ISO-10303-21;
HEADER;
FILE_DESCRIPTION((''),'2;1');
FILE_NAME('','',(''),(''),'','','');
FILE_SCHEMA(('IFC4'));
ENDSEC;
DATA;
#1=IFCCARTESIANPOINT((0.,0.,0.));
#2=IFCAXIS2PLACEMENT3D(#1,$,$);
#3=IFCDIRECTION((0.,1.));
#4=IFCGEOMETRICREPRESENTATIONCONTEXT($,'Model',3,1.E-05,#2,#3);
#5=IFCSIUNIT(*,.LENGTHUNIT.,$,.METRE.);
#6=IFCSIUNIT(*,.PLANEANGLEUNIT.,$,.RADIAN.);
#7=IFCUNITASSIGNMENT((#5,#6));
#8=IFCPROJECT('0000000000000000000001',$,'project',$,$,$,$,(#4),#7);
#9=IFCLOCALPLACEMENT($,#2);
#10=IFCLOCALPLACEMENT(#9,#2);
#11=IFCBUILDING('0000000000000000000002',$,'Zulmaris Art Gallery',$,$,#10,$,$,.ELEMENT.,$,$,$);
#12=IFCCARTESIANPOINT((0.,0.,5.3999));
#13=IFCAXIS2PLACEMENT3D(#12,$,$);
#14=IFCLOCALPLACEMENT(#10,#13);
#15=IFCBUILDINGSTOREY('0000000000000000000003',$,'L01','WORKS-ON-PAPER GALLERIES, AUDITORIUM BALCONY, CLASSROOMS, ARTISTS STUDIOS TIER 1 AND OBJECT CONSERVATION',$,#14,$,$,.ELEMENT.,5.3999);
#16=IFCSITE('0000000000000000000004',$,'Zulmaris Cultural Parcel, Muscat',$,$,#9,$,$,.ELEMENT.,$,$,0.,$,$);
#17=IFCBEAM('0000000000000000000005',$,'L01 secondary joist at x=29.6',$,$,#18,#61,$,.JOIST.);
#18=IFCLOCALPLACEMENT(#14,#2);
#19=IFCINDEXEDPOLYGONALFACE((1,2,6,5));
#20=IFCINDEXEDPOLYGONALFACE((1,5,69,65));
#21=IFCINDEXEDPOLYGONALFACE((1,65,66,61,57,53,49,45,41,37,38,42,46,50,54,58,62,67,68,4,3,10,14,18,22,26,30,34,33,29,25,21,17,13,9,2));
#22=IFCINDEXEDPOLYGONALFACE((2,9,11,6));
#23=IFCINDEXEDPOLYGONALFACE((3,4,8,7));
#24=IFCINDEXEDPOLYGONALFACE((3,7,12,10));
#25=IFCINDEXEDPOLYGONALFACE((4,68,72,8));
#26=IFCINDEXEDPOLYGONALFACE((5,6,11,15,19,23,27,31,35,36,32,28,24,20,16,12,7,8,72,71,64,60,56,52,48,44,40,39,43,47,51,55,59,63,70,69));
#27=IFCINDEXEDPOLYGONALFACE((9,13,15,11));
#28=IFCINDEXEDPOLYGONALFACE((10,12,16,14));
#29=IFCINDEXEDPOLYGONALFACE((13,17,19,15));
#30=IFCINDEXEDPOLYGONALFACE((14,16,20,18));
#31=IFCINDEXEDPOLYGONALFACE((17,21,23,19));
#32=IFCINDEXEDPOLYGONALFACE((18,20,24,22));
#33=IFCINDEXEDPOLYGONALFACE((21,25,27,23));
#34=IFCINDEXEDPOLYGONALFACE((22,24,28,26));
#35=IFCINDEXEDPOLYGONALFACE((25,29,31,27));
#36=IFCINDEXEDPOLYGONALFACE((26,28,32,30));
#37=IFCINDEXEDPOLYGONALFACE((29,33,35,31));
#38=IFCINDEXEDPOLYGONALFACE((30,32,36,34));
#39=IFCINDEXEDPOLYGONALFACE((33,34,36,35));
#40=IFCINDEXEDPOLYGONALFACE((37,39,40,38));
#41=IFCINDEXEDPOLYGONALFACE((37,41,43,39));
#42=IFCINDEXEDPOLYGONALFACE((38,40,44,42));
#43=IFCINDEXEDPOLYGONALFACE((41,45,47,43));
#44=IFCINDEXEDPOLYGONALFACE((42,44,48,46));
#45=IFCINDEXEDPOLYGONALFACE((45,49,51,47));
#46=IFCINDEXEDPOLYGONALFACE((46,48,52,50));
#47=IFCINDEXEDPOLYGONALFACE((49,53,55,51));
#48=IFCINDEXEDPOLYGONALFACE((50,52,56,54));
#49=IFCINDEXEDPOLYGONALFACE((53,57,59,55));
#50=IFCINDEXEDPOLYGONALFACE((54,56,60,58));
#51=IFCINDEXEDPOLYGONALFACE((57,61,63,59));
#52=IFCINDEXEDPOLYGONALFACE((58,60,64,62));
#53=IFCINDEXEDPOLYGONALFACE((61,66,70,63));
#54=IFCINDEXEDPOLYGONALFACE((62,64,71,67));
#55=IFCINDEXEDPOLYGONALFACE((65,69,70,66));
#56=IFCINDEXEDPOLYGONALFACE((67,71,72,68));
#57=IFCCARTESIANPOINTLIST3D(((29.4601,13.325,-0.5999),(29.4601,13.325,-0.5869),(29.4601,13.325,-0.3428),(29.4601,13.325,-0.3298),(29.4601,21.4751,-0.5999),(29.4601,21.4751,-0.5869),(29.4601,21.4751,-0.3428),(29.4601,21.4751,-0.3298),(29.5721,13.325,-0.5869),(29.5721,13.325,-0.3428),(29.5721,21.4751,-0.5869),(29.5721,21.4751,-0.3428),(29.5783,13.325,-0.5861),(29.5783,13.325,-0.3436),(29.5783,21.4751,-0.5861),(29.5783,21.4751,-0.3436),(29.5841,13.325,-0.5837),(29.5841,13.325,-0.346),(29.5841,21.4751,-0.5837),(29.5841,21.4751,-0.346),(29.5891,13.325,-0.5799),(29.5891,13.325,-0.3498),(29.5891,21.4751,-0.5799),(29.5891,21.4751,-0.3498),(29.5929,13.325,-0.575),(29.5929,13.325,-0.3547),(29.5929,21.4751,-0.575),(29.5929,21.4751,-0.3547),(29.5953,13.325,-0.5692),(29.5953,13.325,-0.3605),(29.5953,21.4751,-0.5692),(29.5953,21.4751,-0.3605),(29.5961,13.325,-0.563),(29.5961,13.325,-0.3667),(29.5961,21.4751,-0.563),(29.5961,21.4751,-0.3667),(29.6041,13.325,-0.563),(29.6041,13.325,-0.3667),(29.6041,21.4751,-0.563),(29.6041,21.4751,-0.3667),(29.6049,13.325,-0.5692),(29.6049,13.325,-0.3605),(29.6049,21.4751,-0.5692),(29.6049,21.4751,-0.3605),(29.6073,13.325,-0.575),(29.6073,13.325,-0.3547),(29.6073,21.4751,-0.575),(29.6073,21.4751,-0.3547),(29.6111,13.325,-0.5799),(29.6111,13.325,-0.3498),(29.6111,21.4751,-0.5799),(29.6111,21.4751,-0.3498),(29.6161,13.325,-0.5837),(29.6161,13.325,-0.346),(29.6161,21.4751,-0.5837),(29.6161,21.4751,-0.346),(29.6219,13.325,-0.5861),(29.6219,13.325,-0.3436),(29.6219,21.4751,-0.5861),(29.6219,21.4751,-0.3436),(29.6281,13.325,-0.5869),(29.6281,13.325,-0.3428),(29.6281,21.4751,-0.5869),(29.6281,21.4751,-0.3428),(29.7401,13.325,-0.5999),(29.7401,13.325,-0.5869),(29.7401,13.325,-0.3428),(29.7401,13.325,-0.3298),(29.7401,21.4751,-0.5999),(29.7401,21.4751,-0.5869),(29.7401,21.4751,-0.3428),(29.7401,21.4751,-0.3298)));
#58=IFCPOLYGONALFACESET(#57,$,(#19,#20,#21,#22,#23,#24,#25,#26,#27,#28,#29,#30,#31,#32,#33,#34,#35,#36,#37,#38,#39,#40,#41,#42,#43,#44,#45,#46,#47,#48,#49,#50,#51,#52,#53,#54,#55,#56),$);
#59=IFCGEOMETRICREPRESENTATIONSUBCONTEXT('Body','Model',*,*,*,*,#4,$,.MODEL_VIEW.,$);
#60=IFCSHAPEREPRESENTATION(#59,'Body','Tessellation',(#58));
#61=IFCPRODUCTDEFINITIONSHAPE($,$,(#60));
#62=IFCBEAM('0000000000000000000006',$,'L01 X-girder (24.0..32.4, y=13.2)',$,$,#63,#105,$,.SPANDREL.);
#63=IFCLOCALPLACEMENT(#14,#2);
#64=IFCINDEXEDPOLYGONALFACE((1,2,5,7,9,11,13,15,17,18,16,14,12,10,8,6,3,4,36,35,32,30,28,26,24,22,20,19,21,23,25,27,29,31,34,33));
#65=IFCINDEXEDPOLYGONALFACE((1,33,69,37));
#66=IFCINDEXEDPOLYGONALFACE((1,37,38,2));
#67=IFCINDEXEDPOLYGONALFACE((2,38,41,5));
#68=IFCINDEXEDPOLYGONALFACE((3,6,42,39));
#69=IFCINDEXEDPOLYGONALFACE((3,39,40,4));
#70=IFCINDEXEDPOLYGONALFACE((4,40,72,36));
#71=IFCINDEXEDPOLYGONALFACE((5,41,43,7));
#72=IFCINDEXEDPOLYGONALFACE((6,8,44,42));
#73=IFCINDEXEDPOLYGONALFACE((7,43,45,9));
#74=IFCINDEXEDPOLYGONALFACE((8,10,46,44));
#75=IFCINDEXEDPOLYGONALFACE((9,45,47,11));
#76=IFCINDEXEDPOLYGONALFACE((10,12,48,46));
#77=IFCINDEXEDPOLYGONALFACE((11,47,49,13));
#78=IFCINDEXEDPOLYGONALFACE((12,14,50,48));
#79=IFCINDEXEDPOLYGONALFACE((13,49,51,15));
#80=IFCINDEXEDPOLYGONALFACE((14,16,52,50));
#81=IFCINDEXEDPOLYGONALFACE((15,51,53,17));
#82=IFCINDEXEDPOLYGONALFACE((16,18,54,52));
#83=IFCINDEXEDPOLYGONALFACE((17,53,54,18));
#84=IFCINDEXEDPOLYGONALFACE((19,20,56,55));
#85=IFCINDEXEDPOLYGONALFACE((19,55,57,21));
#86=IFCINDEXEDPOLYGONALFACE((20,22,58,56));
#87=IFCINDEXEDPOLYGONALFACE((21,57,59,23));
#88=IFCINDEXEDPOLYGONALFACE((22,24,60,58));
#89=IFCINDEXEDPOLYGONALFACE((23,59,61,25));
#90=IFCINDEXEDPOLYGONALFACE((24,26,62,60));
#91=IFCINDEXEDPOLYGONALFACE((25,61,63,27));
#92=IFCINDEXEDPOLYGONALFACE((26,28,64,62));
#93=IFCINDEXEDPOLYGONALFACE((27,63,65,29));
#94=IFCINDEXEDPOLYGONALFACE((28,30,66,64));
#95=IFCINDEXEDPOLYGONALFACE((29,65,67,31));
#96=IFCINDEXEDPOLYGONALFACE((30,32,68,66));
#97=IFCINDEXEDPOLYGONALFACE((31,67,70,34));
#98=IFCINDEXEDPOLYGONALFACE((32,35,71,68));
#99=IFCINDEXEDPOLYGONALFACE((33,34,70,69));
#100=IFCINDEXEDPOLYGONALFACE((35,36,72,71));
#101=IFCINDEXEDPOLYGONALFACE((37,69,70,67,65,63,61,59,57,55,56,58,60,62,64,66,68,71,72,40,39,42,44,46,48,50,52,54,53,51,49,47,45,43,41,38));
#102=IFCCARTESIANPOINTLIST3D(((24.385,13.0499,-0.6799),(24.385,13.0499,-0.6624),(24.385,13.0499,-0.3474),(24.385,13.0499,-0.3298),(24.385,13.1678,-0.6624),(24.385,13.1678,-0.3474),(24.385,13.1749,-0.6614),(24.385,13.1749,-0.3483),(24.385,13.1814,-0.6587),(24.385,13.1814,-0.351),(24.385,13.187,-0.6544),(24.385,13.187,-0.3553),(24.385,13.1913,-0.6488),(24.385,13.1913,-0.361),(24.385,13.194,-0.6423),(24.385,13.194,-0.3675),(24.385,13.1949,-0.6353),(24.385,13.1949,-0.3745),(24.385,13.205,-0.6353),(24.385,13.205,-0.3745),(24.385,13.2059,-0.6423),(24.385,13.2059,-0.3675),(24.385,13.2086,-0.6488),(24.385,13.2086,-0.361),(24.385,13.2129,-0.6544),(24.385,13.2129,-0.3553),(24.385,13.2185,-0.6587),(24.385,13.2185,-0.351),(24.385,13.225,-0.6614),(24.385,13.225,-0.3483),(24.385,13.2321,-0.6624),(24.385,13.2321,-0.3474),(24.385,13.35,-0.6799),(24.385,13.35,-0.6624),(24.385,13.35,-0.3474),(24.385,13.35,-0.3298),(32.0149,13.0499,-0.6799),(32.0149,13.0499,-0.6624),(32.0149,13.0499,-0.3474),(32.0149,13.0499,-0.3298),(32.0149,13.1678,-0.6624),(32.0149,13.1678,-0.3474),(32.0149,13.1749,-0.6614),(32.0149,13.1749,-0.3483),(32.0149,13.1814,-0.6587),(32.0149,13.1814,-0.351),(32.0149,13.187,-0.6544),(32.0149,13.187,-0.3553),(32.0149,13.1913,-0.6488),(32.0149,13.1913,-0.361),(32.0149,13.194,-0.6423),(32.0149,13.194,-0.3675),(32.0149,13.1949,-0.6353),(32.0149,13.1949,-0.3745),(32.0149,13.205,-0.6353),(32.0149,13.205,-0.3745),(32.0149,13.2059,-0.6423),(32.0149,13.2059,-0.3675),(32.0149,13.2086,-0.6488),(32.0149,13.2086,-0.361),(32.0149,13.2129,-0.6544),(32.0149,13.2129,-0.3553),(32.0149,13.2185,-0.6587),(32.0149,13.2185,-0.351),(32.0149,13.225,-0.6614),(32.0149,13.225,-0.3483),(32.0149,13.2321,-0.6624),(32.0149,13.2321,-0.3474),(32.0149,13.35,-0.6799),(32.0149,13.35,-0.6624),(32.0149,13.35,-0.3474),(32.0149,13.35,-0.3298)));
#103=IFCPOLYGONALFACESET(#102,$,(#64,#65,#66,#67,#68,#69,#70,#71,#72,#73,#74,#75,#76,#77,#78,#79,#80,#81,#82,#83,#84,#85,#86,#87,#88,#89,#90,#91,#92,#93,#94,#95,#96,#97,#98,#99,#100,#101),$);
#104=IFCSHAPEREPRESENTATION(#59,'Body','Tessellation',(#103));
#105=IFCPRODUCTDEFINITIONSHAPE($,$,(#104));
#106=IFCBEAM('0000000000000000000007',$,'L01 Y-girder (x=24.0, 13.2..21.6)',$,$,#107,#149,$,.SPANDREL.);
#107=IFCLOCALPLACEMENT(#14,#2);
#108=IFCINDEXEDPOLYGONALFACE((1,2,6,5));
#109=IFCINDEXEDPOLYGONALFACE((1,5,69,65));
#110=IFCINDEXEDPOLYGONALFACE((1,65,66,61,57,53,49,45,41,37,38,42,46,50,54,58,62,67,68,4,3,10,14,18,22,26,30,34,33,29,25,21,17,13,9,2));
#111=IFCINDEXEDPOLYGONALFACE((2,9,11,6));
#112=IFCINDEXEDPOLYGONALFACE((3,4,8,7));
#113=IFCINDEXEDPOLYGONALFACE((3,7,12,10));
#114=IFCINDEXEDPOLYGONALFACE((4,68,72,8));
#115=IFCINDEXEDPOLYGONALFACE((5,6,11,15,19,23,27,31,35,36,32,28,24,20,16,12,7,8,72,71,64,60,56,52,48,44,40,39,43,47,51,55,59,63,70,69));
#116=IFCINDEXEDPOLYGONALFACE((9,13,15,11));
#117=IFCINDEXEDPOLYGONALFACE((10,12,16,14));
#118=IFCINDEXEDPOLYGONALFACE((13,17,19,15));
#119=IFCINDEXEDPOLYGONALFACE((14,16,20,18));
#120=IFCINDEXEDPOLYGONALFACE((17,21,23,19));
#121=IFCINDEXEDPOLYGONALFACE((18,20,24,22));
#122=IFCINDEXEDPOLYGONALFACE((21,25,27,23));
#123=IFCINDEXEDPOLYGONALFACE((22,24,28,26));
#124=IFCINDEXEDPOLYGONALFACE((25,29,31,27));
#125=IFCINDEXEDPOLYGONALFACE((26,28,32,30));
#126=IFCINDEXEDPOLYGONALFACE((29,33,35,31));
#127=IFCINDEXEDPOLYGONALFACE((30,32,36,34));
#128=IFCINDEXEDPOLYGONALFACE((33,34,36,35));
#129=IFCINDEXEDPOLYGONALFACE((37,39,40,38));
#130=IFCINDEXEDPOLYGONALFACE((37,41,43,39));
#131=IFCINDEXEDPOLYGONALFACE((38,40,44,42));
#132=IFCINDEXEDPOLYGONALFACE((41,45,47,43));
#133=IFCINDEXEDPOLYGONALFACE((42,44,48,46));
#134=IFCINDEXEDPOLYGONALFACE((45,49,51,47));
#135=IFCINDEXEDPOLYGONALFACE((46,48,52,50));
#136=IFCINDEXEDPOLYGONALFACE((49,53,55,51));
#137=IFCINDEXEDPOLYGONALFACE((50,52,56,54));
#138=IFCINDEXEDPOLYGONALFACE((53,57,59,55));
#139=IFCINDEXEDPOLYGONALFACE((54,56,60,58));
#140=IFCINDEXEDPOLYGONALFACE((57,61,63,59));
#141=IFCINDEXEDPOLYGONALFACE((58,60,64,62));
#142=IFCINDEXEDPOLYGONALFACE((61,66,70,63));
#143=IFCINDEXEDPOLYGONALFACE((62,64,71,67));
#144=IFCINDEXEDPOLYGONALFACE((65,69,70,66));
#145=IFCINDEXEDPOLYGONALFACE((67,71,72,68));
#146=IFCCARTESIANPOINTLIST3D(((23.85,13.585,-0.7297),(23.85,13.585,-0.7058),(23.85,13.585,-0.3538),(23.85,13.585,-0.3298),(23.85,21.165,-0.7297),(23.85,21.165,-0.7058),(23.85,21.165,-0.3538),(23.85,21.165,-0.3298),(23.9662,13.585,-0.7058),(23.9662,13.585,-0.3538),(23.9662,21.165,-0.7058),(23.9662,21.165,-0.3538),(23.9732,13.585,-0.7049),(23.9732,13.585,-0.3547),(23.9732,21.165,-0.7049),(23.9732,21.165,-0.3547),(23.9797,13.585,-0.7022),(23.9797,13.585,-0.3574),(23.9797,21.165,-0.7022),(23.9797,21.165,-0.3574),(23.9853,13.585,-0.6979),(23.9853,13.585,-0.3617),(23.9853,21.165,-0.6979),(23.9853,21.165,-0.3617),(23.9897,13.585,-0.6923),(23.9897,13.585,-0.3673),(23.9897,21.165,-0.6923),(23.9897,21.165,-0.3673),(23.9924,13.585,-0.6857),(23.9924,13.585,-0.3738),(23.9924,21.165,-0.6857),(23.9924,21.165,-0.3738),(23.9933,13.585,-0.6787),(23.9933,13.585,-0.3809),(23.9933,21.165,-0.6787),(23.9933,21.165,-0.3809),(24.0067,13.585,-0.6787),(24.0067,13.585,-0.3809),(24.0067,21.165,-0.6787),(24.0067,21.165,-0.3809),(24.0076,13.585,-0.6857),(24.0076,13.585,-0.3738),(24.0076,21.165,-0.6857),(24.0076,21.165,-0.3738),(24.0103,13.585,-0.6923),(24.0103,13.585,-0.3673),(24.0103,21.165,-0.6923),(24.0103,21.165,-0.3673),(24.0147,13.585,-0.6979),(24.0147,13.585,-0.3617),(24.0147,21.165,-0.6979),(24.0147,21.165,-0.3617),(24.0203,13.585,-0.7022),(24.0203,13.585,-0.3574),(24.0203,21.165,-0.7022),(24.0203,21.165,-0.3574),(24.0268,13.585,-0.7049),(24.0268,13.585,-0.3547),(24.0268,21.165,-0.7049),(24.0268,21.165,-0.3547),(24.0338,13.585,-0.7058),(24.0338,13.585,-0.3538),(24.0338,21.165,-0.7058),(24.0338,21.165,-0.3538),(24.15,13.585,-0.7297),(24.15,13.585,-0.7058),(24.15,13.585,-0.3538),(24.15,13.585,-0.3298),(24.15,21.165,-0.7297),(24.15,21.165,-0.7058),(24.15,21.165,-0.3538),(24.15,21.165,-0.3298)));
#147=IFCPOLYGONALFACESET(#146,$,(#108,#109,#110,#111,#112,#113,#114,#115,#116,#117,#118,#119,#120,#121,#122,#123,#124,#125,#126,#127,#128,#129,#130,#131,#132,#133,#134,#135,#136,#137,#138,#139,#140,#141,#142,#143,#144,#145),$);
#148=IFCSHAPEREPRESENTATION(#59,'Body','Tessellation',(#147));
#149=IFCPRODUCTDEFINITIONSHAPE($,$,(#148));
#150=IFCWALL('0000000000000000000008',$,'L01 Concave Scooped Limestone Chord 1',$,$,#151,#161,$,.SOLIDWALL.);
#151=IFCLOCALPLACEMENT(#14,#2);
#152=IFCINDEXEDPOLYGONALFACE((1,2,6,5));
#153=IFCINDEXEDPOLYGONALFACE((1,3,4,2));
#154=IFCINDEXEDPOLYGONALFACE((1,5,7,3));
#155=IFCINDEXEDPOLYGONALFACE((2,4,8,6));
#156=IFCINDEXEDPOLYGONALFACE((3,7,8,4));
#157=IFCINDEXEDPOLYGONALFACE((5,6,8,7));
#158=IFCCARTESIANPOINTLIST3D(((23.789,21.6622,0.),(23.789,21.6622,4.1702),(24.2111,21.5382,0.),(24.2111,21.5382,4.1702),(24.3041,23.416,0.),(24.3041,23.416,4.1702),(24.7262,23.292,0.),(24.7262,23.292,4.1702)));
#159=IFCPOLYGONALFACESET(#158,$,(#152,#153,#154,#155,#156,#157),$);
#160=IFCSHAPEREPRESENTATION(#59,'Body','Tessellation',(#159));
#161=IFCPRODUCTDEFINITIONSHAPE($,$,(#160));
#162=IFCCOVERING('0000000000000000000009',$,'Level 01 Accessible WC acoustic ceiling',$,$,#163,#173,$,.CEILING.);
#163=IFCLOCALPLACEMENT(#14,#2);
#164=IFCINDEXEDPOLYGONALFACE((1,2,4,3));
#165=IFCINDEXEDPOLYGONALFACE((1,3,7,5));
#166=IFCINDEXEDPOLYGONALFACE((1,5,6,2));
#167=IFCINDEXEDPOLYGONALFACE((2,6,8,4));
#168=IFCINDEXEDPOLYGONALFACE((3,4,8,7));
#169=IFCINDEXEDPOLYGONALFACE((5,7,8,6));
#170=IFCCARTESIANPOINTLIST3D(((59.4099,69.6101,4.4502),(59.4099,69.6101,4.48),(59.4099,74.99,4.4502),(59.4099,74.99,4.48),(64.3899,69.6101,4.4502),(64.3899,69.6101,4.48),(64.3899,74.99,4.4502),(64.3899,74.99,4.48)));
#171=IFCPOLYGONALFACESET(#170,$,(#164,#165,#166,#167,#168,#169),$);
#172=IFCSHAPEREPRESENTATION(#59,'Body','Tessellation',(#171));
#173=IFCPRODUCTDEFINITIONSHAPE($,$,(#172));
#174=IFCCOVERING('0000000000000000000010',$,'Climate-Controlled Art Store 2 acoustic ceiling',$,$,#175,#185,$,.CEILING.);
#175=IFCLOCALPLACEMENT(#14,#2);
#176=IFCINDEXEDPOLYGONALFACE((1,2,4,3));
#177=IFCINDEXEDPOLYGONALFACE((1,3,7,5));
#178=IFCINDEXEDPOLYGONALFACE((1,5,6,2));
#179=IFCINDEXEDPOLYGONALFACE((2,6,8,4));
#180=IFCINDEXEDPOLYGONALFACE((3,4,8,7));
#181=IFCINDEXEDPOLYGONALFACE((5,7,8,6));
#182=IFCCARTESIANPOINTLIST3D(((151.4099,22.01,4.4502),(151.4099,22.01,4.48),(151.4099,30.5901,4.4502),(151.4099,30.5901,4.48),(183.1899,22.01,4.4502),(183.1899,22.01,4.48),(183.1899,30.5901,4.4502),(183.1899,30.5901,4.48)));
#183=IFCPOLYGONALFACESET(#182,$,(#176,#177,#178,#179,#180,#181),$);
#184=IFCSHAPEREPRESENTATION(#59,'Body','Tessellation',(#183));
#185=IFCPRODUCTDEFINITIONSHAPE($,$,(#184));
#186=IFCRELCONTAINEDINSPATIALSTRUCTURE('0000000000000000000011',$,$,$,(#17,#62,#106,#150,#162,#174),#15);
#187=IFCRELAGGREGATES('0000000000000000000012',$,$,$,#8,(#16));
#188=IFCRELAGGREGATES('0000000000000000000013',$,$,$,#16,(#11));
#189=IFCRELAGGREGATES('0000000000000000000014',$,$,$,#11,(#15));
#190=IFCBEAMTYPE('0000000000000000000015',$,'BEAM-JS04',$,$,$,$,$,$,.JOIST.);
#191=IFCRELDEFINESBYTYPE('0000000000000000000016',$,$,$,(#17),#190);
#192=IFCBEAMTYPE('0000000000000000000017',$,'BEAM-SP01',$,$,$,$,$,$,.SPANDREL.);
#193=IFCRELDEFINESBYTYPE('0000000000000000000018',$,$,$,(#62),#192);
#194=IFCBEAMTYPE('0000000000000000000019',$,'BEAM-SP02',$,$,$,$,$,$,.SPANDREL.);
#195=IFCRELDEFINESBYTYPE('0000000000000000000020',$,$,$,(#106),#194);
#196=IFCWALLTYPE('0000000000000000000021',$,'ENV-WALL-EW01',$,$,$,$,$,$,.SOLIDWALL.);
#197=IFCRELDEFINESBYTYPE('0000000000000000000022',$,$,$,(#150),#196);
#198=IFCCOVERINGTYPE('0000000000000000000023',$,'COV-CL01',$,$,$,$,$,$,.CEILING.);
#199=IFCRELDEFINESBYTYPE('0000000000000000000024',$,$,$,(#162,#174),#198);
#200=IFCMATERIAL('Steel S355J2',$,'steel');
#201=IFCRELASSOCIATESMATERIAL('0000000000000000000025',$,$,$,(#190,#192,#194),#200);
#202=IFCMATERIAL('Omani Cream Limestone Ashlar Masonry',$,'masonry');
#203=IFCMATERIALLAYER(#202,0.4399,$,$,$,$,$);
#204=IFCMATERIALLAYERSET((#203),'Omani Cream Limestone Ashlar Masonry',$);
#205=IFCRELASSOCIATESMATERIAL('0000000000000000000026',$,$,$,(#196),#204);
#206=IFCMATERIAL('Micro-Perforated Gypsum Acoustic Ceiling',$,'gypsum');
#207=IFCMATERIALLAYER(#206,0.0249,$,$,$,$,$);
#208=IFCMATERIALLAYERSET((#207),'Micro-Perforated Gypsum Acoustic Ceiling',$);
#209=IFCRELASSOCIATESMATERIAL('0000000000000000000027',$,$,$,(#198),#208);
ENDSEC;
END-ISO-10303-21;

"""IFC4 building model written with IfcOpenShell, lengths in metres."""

from ifc_helpers import new_model, si_unit, direction, frame, frame_2d, origin, origin_2d, place, context, subcontext, project, spatial, polyline, rectangle, i_section, outline, extrude, material, layer, layer_set, material_profile, profile_set, type_object, element, save


model = new_model("IFC4")

# Units and contexts
model_context = context("Model", 3, precision=1e-05, world=origin(), true_north=direction((0.0, 1.0)))
body_context = subcontext(model_context, "Body", "Model", "MODEL_VIEW")
ifc_project = project(units=[si_unit("LENGTHUNIT", "METRE"), si_unit("PLANEANGLEUNIT", "RADIAN")], contexts=[model_context])

# Site, building, storey
site_placement = place(None, origin())
site = spatial("IfcSite", under=ifc_project, at=site_placement, Name="Zulmaris Cultural Parcel, Muscat", CompositionType="ELEMENT", RefElevation=0.0)
building_placement = place(site_placement, origin())
building = spatial("IfcBuilding", under=site, at=building_placement, Name="Zulmaris Art Gallery", CompositionType="ELEMENT")
storey_placement = place(building_placement, frame((0.0, 0.0, 5.3999)))
storey = spatial("IfcBuildingStorey", under=building, at=storey_placement, Name="L01", Description="WORKS-ON-PAPER GALLERIES, AUDITORIUM BALCONY, CLASSROOMS, ARTISTS STUDIOS TIER 1 AND OBJECT CONSERVATION", CompositionType="ELEMENT", Elevation=5.3999)

# Beams
ifc_material_1 = material(Name="Steel S355J2", Category="steel")
ifc_material_profile_1 = material_profile(ifc_material_1, i_section(OverallWidth=0.28, OverallDepth=0.27, WebThickness=0.0081, FlangeThickness=0.0129, FilletRadius=0.0239, at=origin_2d()), Name="HEA 280")
ifc_profile_set_1 = profile_set([ifc_material_profile_1], Name="Steel S355J2")
beam_type_1 = type_object("IfcBeamType", Name="BEAM-JS04", PredefinedType="JOIST", material=ifc_profile_set_1)
beam_1_placement = place(storey_placement, frame((29.6001, 13.325, -0.4648), z_axis=(0.0, 1.0, 0.0), x_axis=(-1.0, 0.0, 0.0)))
element("IfcBeam", 1, at=beam_1_placement, inside=storey, type_object=beam_type_1, Name="L01 secondary joist at x=29.6", PredefinedType="JOIST", context=body_context, shape_type="SweptSolid", body=[
    extrude(i_section(OverallWidth=0.28, OverallDepth=0.27, WebThickness=0.0081, FlangeThickness=0.0129, FilletRadius=0.0239, at=origin_2d()), origin(), (0.0, 0.0, 1.0), 8.1501),
])
ifc_material_profile_2 = material_profile(ifc_material_1, i_section(OverallWidth=0.3, OverallDepth=0.3501, WebThickness=0.01, FlangeThickness=0.0176, FilletRadius=0.0271, at=origin_2d()), Name="HEA 360")
ifc_profile_set_2 = profile_set([ifc_material_profile_2], Name="Steel S355J2")
beam_type_2 = type_object("IfcBeamType", Name="BEAM-SP01", PredefinedType="SPANDREL", material=ifc_profile_set_2)
beam_2_placement = place(storey_placement, frame((24.385, 13.2, -0.5049), z_axis=(1.0, 0.0, 0.0), x_axis=(0.0, 1.0, 0.0)))
element("IfcBeam", 2, at=beam_2_placement, inside=storey, type_object=beam_type_2, Name="L01 X-girder (24.0..32.4, y=13.2)", PredefinedType="SPANDREL", context=body_context, shape_type="SweptSolid", body=[
    extrude(i_section(OverallWidth=0.3, OverallDepth=0.3501, WebThickness=0.01, FlangeThickness=0.0176, FilletRadius=0.0271, at=origin_2d()), origin(), (0.0, 0.0, 1.0), 7.6299),
])
ifc_material_profile_3 = material_profile(ifc_material_1, i_section(OverallWidth=0.3, OverallDepth=0.3999, WebThickness=0.0134, FlangeThickness=0.0239, FilletRadius=0.0271, at=origin_2d()), Name="HEB 400")
ifc_profile_set_3 = profile_set([ifc_material_profile_3], Name="Steel S355J2")
beam_type_3 = type_object("IfcBeamType", Name="BEAM-SP02", PredefinedType="SPANDREL", material=ifc_profile_set_3)
beam_3_placement = place(storey_placement, frame((24.0, 13.585, -0.5298), z_axis=(0.0, 1.0, 0.0), x_axis=(-1.0, 0.0, 0.0)))
element("IfcBeam", 3, at=beam_3_placement, inside=storey, type_object=beam_type_3, Name="L01 Y-girder (x=24.0, 13.2..21.6)", PredefinedType="SPANDREL", context=body_context, shape_type="SweptSolid", body=[
    extrude(i_section(OverallWidth=0.3, OverallDepth=0.3999, WebThickness=0.0134, FlangeThickness=0.0239, FilletRadius=0.0271, at=origin_2d()), origin(), (0.0, 0.0, 1.0), 7.5801),
])

# Wall
ifc_material_2 = material(Name="Omani Cream Limestone Ashlar Masonry", Category="masonry")
ifc_layer_1 = layer(ifc_material_2, 0.4399)
ifc_layer_set_1 = layer_set([ifc_layer_1], Name="Omani Cream Limestone Ashlar Masonry")
wall_type = type_object("IfcWallType", Name="ENV-WALL-EW01", PredefinedType="SOLIDWALL", material=ifc_layer_set_1)
wall_placement = place(storey_placement, frame((24.0, 21.6001, 0.0), z_axis=(0.0, 0.0, 1.0), x_axis=(0.281805, 0.959472, 0.0)))
element("IfcWall", 4, at=wall_placement, inside=storey, type_object=wall_type, Name="L01 Concave Scooped Limestone Chord 1", PredefinedType="SOLIDWALL", context=body_context, shape_type="SweptSolid", body=[
    extrude(rectangle(XDim=1.8279, YDim=0.4399, at=frame_2d((0.9141, 0.0))), origin(), (0.0, 0.0, 1.0), 4.1702),
])

# Coverings
ifc_material_3 = material(Name="Micro-Perforated Gypsum Acoustic Ceiling", Category="gypsum")
ifc_layer_2 = layer(ifc_material_3, 0.0249)
ifc_layer_set_2 = layer_set([ifc_layer_2], Name="Micro-Perforated Gypsum Acoustic Ceiling")
covering_type_1 = type_object("IfcCoveringType", Name="COV-CL01", PredefinedType="CEILING", material=ifc_layer_set_2)
covering_1_placement = place(storey_placement, frame((0.0, 0.0, 4.4502)))
element("IfcCovering", 5, at=covering_1_placement, inside=storey, type_object=covering_type_1, Name="Level 01 Accessible WC acoustic ceiling", PredefinedType="CEILING", context=body_context, shape_type="SweptSolid", body=[
    extrude(outline(polyline([(59.4099, 74.99), (64.3899, 74.99), (64.3899, 69.6101), (59.4099, 69.6101), (59.4099, 74.99)])), origin(), (0.0, 0.0, 1.0), 0.0298),
])
covering_2_placement = place(storey_placement, frame((0.0, 0.0, 4.4502)))
element("IfcCovering", 6, at=covering_2_placement, inside=storey, type_object=covering_type_1, Name="Climate-Controlled Art Store 2 acoustic ceiling", PredefinedType="CEILING", context=body_context, shape_type="SweptSolid", body=[
    extrude(outline(polyline([(151.4099, 30.5901), (183.1899, 30.5901), (183.1899, 22.01), (151.4099, 22.01), (151.4099, 30.5901)])), origin(), (0.0, 0.0, 1.0), 0.0298),
])

save(model, "model.ifc")
